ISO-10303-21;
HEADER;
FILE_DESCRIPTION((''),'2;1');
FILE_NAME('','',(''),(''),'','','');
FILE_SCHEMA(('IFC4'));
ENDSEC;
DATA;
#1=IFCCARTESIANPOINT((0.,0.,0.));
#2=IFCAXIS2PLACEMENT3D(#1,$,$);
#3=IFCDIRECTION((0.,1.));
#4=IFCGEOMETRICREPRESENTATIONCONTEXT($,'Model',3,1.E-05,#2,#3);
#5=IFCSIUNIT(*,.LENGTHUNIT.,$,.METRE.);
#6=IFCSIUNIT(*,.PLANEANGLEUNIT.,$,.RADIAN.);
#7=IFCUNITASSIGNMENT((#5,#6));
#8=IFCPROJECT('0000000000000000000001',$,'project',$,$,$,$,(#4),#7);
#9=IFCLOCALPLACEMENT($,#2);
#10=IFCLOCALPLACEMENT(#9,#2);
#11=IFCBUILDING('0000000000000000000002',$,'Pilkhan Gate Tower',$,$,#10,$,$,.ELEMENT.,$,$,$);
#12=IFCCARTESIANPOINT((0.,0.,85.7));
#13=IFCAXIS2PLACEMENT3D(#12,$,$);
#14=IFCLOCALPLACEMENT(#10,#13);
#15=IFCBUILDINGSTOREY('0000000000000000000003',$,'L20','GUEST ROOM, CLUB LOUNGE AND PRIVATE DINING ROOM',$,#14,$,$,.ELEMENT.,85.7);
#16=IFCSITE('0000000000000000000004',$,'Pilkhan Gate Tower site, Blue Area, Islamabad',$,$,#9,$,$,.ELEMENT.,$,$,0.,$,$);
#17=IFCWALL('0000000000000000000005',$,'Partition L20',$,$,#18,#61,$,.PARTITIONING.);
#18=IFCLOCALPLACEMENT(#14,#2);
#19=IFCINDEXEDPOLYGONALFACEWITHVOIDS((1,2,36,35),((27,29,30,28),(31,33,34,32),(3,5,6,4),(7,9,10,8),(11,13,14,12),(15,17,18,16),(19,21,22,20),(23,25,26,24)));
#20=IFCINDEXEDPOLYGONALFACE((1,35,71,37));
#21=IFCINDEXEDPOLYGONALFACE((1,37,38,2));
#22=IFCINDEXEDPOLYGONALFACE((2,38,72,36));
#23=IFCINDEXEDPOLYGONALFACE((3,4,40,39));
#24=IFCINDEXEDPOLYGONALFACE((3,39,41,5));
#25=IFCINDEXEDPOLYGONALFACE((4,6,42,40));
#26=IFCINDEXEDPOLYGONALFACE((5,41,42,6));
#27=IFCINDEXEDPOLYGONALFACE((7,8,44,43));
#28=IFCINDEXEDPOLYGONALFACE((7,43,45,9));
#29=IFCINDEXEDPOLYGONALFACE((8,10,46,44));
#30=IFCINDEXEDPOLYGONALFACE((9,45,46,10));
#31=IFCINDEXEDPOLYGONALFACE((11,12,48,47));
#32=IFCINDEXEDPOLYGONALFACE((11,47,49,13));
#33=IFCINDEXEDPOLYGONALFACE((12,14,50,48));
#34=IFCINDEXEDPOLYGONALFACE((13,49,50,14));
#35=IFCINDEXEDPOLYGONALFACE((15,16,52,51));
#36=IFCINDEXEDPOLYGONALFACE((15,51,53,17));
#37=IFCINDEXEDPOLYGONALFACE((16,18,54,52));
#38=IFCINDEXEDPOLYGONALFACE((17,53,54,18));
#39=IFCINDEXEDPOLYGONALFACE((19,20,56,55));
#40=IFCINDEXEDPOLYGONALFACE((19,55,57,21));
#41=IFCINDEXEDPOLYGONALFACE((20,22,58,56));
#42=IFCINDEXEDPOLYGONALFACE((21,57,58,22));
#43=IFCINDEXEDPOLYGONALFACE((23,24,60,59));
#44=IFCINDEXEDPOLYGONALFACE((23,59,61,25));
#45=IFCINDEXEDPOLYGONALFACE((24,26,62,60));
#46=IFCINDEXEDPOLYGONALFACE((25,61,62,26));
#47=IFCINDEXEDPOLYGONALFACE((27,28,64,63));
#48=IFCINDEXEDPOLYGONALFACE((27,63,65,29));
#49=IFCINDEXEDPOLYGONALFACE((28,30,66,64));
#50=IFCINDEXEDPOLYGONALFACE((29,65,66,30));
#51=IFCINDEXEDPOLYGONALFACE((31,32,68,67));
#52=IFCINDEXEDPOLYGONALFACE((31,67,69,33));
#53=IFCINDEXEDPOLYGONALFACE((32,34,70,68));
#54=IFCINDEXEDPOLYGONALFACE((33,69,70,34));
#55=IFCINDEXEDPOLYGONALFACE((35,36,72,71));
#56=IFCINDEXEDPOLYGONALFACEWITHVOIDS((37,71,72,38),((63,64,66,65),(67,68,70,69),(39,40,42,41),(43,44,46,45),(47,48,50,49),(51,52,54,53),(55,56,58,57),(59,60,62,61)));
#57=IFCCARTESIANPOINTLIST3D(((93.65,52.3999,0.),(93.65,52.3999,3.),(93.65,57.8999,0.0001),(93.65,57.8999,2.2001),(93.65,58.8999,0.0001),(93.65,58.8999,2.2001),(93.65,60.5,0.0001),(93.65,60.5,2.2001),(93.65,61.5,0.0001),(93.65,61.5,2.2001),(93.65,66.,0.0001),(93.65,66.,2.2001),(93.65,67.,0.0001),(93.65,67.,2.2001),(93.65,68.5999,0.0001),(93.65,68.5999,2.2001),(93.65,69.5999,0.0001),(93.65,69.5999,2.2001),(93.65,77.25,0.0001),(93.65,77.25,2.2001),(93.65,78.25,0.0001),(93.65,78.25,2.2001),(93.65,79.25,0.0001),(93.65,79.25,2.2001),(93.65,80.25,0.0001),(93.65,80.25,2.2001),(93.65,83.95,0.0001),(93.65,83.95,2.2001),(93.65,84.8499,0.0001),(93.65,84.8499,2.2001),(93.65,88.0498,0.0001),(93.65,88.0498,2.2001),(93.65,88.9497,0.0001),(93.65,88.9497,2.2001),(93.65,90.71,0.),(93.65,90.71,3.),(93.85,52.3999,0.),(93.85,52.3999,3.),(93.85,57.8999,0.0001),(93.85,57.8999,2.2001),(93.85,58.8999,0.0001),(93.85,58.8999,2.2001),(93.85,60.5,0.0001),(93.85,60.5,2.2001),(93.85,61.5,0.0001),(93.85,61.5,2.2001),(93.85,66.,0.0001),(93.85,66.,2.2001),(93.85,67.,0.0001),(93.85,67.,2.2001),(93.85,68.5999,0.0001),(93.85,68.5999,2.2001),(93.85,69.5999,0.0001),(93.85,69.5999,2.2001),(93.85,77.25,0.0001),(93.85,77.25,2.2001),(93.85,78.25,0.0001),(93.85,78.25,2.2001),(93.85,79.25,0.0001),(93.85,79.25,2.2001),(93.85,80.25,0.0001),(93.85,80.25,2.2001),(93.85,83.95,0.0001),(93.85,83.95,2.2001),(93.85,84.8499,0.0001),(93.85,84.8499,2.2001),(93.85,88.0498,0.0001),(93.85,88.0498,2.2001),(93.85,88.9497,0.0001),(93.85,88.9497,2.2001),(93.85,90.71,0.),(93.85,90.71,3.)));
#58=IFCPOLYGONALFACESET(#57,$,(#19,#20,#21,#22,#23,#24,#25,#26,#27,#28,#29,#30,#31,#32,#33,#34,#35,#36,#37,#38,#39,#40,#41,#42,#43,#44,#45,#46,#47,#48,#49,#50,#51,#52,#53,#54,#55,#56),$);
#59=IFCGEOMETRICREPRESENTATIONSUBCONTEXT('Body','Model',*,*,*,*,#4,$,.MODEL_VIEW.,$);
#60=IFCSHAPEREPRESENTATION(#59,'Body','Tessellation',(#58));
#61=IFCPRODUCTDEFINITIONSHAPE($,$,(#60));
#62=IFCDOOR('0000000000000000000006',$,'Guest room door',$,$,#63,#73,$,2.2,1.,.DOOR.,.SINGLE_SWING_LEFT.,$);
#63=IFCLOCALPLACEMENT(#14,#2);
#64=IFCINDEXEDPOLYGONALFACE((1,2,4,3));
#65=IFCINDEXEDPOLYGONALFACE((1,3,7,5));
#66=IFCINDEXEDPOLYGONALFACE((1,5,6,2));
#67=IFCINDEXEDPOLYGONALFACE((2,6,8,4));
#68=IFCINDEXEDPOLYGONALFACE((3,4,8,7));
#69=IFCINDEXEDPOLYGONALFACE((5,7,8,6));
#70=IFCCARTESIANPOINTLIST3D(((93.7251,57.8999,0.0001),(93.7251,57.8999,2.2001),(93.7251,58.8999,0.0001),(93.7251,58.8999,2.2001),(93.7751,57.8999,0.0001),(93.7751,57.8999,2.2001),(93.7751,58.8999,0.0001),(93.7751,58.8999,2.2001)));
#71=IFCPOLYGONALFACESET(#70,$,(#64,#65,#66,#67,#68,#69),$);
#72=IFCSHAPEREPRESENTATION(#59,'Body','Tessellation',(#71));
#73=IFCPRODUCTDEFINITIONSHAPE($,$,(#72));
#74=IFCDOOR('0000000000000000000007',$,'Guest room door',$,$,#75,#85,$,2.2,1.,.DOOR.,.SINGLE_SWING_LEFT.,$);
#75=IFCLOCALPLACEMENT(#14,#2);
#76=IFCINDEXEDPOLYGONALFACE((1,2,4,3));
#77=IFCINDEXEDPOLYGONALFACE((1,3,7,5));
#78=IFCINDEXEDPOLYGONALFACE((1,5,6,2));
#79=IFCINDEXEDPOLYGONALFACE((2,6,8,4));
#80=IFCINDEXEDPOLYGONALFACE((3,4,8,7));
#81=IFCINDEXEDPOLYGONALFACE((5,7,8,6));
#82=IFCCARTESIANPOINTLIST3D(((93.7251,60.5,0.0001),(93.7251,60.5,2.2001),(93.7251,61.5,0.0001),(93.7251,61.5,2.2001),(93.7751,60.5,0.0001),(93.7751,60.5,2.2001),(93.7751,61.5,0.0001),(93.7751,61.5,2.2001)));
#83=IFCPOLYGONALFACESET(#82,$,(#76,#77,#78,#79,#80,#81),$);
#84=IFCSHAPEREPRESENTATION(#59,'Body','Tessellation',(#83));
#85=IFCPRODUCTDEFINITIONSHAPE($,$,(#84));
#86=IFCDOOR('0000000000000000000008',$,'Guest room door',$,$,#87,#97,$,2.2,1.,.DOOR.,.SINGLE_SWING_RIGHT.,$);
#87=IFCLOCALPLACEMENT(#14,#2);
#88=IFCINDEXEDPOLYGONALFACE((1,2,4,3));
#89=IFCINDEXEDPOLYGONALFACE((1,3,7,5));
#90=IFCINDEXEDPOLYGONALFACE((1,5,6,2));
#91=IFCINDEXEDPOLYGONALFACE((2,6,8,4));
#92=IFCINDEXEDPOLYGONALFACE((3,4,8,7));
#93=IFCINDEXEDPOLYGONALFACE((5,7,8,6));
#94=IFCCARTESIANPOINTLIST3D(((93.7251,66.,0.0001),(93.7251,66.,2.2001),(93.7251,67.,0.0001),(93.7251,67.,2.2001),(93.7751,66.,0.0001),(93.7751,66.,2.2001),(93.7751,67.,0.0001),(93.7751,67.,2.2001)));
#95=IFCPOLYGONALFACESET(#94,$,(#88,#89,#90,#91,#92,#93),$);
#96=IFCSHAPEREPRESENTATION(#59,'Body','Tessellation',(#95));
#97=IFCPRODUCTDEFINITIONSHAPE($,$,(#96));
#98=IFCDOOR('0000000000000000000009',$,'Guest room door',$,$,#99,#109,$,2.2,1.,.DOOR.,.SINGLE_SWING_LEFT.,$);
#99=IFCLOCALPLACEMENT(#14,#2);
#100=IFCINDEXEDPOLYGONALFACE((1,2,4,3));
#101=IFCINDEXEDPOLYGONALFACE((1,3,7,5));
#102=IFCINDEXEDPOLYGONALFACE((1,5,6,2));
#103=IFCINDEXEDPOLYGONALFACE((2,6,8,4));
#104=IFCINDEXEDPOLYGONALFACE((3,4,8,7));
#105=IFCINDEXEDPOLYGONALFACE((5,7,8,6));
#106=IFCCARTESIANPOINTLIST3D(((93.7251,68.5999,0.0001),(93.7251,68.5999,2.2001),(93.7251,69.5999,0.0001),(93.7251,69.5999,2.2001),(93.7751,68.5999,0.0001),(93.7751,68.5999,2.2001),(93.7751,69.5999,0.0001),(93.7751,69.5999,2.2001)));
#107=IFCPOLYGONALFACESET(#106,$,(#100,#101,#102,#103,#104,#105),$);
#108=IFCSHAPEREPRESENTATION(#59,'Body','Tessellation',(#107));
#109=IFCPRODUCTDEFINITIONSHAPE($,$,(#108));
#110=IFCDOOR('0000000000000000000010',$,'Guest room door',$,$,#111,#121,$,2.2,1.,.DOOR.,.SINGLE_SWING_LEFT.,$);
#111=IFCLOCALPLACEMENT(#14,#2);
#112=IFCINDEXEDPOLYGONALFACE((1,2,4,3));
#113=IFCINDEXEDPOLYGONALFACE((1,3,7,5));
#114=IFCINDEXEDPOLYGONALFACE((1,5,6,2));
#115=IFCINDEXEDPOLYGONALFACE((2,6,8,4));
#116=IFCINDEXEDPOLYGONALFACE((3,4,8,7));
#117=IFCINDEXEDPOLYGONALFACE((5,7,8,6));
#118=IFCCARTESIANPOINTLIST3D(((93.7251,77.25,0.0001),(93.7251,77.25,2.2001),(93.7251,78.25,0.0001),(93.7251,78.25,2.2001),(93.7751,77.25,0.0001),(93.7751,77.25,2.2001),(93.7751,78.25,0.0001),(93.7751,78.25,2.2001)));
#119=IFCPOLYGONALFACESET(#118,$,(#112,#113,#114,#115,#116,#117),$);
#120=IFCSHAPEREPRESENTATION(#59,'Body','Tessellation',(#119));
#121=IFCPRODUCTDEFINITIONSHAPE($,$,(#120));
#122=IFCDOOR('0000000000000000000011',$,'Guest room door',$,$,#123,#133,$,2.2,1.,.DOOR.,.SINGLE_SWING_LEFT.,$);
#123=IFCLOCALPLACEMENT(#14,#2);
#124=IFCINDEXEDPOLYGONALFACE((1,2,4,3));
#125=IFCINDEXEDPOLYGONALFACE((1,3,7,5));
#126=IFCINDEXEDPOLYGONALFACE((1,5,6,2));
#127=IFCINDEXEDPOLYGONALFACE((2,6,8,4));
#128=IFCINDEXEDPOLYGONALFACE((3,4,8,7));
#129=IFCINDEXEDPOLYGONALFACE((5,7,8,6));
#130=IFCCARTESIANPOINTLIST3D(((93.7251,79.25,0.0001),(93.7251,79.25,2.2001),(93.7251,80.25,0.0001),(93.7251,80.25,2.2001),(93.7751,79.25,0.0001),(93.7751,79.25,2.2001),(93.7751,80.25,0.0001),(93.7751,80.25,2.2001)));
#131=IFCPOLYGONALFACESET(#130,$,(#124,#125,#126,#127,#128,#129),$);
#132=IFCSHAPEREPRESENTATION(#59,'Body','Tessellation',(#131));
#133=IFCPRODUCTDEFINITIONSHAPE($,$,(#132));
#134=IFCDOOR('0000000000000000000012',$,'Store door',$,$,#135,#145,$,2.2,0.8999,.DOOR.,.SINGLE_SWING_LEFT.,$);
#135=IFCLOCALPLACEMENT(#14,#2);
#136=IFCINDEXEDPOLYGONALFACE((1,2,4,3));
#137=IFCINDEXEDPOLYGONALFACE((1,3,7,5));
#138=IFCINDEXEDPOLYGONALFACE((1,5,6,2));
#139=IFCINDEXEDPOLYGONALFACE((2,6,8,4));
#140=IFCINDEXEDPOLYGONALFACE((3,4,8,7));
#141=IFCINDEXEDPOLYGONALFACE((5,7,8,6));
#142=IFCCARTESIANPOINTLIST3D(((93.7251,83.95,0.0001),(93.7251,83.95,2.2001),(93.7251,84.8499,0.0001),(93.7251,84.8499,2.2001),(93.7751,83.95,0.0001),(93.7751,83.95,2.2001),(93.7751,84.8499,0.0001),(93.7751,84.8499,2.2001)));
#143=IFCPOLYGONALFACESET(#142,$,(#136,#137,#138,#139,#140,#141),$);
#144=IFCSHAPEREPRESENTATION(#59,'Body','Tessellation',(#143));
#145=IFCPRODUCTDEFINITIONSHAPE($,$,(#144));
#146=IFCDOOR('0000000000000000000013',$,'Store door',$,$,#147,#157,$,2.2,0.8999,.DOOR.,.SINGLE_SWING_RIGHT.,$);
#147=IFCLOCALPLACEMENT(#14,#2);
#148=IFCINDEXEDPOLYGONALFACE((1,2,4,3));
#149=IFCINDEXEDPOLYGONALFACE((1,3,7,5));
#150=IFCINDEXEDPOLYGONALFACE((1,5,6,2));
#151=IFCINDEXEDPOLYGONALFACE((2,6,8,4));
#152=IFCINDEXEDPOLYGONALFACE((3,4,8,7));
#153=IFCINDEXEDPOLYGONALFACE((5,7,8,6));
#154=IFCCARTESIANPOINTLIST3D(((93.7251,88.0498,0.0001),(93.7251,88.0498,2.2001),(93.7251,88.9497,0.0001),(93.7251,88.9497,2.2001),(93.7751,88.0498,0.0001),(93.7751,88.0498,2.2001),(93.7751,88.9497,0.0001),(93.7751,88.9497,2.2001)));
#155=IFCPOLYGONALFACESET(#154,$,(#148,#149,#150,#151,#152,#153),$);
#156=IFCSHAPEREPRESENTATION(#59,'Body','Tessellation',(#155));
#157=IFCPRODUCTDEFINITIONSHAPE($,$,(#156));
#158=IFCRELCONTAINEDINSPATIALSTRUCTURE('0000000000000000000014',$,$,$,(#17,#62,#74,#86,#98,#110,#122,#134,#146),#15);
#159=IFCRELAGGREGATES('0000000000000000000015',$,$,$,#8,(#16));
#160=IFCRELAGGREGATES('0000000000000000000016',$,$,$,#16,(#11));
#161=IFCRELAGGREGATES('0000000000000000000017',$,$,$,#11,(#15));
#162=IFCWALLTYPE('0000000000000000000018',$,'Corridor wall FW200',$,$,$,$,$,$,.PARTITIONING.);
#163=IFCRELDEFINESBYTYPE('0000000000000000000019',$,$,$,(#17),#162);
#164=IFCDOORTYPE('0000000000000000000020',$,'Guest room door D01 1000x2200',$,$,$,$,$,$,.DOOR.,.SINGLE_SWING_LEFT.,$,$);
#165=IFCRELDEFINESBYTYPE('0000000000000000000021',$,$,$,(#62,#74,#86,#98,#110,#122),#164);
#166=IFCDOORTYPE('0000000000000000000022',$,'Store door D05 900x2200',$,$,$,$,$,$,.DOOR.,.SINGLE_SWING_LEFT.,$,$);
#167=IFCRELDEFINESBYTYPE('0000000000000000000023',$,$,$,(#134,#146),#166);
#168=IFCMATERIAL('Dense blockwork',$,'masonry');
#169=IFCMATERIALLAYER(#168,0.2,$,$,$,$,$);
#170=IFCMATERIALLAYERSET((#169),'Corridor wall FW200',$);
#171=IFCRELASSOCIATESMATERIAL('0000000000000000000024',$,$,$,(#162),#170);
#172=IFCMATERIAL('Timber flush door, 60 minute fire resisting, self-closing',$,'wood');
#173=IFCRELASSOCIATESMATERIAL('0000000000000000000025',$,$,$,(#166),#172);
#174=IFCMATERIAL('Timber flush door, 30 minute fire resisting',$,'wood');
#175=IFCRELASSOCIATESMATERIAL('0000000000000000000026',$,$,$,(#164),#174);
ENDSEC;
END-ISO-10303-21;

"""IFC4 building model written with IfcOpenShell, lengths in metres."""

from ifc_helpers import new_model, si_unit, direction, frame, frame_2d, origin, place, context, subcontext, project, spatial, rectangle, extrude, material, layer, layer_set, type_object, element, fill, save


model = new_model("IFC4")

# Units and contexts
model_context = context("Model", 3, precision=1e-05, world=origin(), true_north=direction((0.0, 1.0)))
body_context = subcontext(model_context, "Body", "Model", "MODEL_VIEW")
ifc_project = project(units=[si_unit("LENGTHUNIT", "METRE"), si_unit("PLANEANGLEUNIT", "RADIAN")], contexts=[model_context])

# Site, building, storey
site_placement = place(None, origin())
site = spatial("IfcSite", under=ifc_project, at=site_placement, Name="Pilkhan Gate Tower site, Blue Area, Islamabad", CompositionType="ELEMENT", RefElevation=0.0)
building_placement = place(site_placement, origin())
building = spatial("IfcBuilding", under=site, at=building_placement, Name="Pilkhan Gate Tower", CompositionType="ELEMENT")
storey_placement = place(building_placement, frame((0.0, 0.0, 85.7)))
storey = spatial("IfcBuildingStorey", under=building, at=storey_placement, Name="L20", Description="GUEST ROOM, CLUB LOUNGE AND PRIVATE DINING ROOM", CompositionType="ELEMENT", Elevation=85.7)

# Shared definitions
ifc_material_1 = material(Name="Dense blockwork", Category="masonry")
ifc_layer_1 = layer(ifc_material_1, 0.2)
ifc_layer_set_1 = layer_set([ifc_layer_1], Name="Corridor wall FW200")
wall_type_1 = type_object("IfcWallType", Name="Corridor wall FW200", PredefinedType="PARTITIONING", material=ifc_layer_set_1)

# Wall, openings, doors
ifc_material_2 = material(Name="Timber flush door, 30 minute fire resisting", Category="wood")
ifc_material_3 = material(Name="Timber flush door, 60 minute fire resisting, self-closing", Category="wood")
door_type_1 = type_object("IfcDoorType", Name="Store door D05 900x2200", OperationType="SINGLE_SWING_LEFT", PredefinedType="DOOR", material=ifc_material_3)
wall_1_placement = place(storey_placement, frame((93.75, 52.3999, 0.0), z_axis=(0.0, 0.0, 1.0), x_axis=(0.0, 1.0, 0.0)))
wall_1 = element("IfcWall", 1, at=wall_1_placement, inside=storey, type_object=wall_type_1, Name="Partition L20", PredefinedType="PARTITIONING", context=body_context, shape_type="SweptSolid", body=[
    extrude(rectangle(XDim=38.3101, YDim=0.2, at=frame_2d((19.155, 0.0))), origin(), (0.0, 0.0, 1.0), 3.0),
])
opening_1_placement = place(wall_1_placement, frame((5.5, 0.0, 0.0)))
opening_1 = element("IfcOpeningElement", 2, at=opening_1_placement, cuts=wall_1, PredefinedType="OPENING", context=body_context, shape_type="SweptSolid", body=[
    extrude(rectangle(XDim=1.0, YDim=2.2, at=frame_2d((0.5, 1.1001))), frame((0.0, 0.1099, 0.0), z_axis=(0.0, -1.0, 0.0), x_axis=(1.0, 0.0, 0.0)), (0.0, 0.0, 1.0), 0.22),
])
opening_2_placement = place(wall_1_placement, frame((8.1001, 0.0, 0.0)))
opening_2 = element("IfcOpeningElement", 3, at=opening_2_placement, cuts=wall_1, PredefinedType="OPENING", context=body_context, shape_type="SweptSolid", body=[
    extrude(rectangle(XDim=1.0, YDim=2.2, at=frame_2d((0.5, 1.1001))), frame((0.0, 0.1099, 0.0), z_axis=(0.0, -1.0, 0.0), x_axis=(1.0, 0.0, 0.0)), (0.0, 0.0, 1.0), 0.22),
])
opening_3_placement = place(wall_1_placement, frame((13.6001, 0.0, 0.0)))
opening_3 = element("IfcOpeningElement", 4, at=opening_3_placement, cuts=wall_1, PredefinedType="OPENING", context=body_context, shape_type="SweptSolid", body=[
    extrude(rectangle(XDim=1.0, YDim=2.2, at=frame_2d((0.5, 1.1001))), frame((0.0, 0.1099, 0.0), z_axis=(0.0, -1.0, 0.0), x_axis=(1.0, 0.0, 0.0)), (0.0, 0.0, 1.0), 0.22),
])
opening_4_placement = place(wall_1_placement, frame((16.2, 0.0, 0.0)))
opening_4 = element("IfcOpeningElement", 5, at=opening_4_placement, cuts=wall_1, PredefinedType="OPENING", context=body_context, shape_type="SweptSolid", body=[
    extrude(rectangle(XDim=1.0, YDim=2.2, at=frame_2d((0.5, 1.1001))), frame((0.0, 0.1099, 0.0), z_axis=(0.0, -1.0, 0.0), x_axis=(1.0, 0.0, 0.0)), (0.0, 0.0, 1.0), 0.22),
])
opening_5_placement = place(wall_1_placement, frame((24.8501, 0.0, 0.0)))
opening_5 = element("IfcOpeningElement", 6, at=opening_5_placement, cuts=wall_1, PredefinedType="OPENING", context=body_context, shape_type="SweptSolid", body=[
    extrude(rectangle(XDim=1.0, YDim=2.2, at=frame_2d((0.5, 1.1001))), frame((0.0, 0.1099, 0.0), z_axis=(0.0, -1.0, 0.0), x_axis=(1.0, 0.0, 0.0)), (0.0, 0.0, 1.0), 0.22),
])
opening_6_placement = place(wall_1_placement, frame((26.8501, 0.0, 0.0)))
opening_6 = element("IfcOpeningElement", 7, at=opening_6_placement, cuts=wall_1, PredefinedType="OPENING", context=body_context, shape_type="SweptSolid", body=[
    extrude(rectangle(XDim=1.0, YDim=2.2, at=frame_2d((0.5, 1.1001))), frame((0.0, 0.1099, 0.0), z_axis=(0.0, -1.0, 0.0), x_axis=(1.0, 0.0, 0.0)), (0.0, 0.0, 1.0), 0.22),
])
opening_7_placement = place(wall_1_placement, frame((31.55, 0.0, 0.0)))
opening_7 = element("IfcOpeningElement", 8, at=opening_7_placement, cuts=wall_1, PredefinedType="OPENING", context=body_context, shape_type="SweptSolid", body=[
    extrude(rectangle(XDim=0.8999, YDim=2.2, at=frame_2d((0.45, 1.1001))), frame((0.0, 0.1099, 0.0), z_axis=(0.0, -1.0, 0.0), x_axis=(1.0, 0.0, 0.0)), (0.0, 0.0, 1.0), 0.22),
])
opening_8_placement = place(wall_1_placement, frame((35.6499, 0.0, 0.0)))
opening_8 = element("IfcOpeningElement", 9, at=opening_8_placement, cuts=wall_1, PredefinedType="OPENING", context=body_context, shape_type="SweptSolid", body=[
    extrude(rectangle(XDim=0.8999, YDim=2.2, at=frame_2d((0.45, 1.1001))), frame((0.0, 0.1099, 0.0), z_axis=(0.0, -1.0, 0.0), x_axis=(1.0, 0.0, 0.0)), (0.0, 0.0, 1.0), 0.22),
])
door_type_2 = type_object("IfcDoorType", Name="Guest room door D01 1000x2200", OperationType="SINGLE_SWING_LEFT", PredefinedType="DOOR", material=ifc_material_2)
door_1_placement = place(opening_1_placement, origin())
door_1 = element("IfcDoor", 10, at=door_1_placement, inside=storey, type_object=door_type_2, Name="Guest room door", OperationType="SINGLE_SWING_LEFT", OverallHeight=2.2, OverallWidth=1.0, PredefinedType="DOOR", context=body_context, shape_type="SweptSolid", body=[
    extrude(rectangle(XDim=1.0, YDim=2.2, at=frame_2d((0.5, 1.1001))), frame((0.0, 0.0249, 0.0), z_axis=(0.0, -1.0, 0.0), x_axis=(1.0, 0.0, 0.0)), (0.0, 0.0, 1.0), 0.05),
])
fill(opening_1, door_1)
door_2_placement = place(opening_2_placement, origin())
door_2 = element("IfcDoor", 11, at=door_2_placement, inside=storey, type_object=door_type_2, Name="Guest room door", OperationType="SINGLE_SWING_LEFT", OverallHeight=2.2, OverallWidth=1.0, PredefinedType="DOOR", context=body_context, shape_type="SweptSolid", body=[
    extrude(rectangle(XDim=1.0, YDim=2.2, at=frame_2d((0.5, 1.1001))), frame((0.0, 0.0249, 0.0), z_axis=(0.0, -1.0, 0.0), x_axis=(1.0, 0.0, 0.0)), (0.0, 0.0, 1.0), 0.05),
])
fill(opening_2, door_2)
door_3_placement = place(opening_3_placement, origin())
door_3 = element("IfcDoor", 12, at=door_3_placement, inside=storey, type_object=door_type_2, Name="Guest room door", OperationType="SINGLE_SWING_RIGHT", OverallHeight=2.2, OverallWidth=1.0, PredefinedType="DOOR", context=body_context, shape_type="SweptSolid", body=[
    extrude(rectangle(XDim=1.0, YDim=2.2, at=frame_2d((0.5, 1.1001))), frame((0.0, 0.0249, 0.0), z_axis=(0.0, -1.0, 0.0), x_axis=(1.0, 0.0, 0.0)), (0.0, 0.0, 1.0), 0.05),
])
fill(opening_3, door_3)
door_4_placement = place(opening_4_placement, origin())
door_4 = element("IfcDoor", 13, at=door_4_placement, inside=storey, type_object=door_type_2, Name="Guest room door", OperationType="SINGLE_SWING_LEFT", OverallHeight=2.2, OverallWidth=1.0, PredefinedType="DOOR", context=body_context, shape_type="SweptSolid", body=[
    extrude(rectangle(XDim=1.0, YDim=2.2, at=frame_2d((0.5, 1.1001))), frame((0.0, 0.0249, 0.0), z_axis=(0.0, -1.0, 0.0), x_axis=(1.0, 0.0, 0.0)), (0.0, 0.0, 1.0), 0.05),
])
fill(opening_4, door_4)
door_5_placement = place(opening_5_placement, origin())
door_5 = element("IfcDoor", 14, at=door_5_placement, inside=storey, type_object=door_type_2, Name="Guest room door", OperationType="SINGLE_SWING_LEFT", OverallHeight=2.2, OverallWidth=1.0, PredefinedType="DOOR", context=body_context, shape_type="SweptSolid", body=[
    extrude(rectangle(XDim=1.0, YDim=2.2, at=frame_2d((0.5, 1.1001))), frame((0.0, 0.0249, 0.0), z_axis=(0.0, -1.0, 0.0), x_axis=(1.0, 0.0, 0.0)), (0.0, 0.0, 1.0), 0.05),
])
fill(opening_5, door_5)
door_6_placement = place(opening_6_placement, origin())
door_6 = element("IfcDoor", 15, at=door_6_placement, inside=storey, type_object=door_type_2, Name="Guest room door", OperationType="SINGLE_SWING_LEFT", OverallHeight=2.2, OverallWidth=1.0, PredefinedType="DOOR", context=body_context, shape_type="SweptSolid", body=[
    extrude(rectangle(XDim=1.0, YDim=2.2, at=frame_2d((0.5, 1.1001))), frame((0.0, 0.0249, 0.0), z_axis=(0.0, -1.0, 0.0), x_axis=(1.0, 0.0, 0.0)), (0.0, 0.0, 1.0), 0.05),
])
fill(opening_6, door_6)
door_7_placement = place(opening_7_placement, origin())
door_7 = element("IfcDoor", 16, at=door_7_placement, inside=storey, type_object=door_type_1, Name="Store door", OperationType="SINGLE_SWING_LEFT", OverallHeight=2.2, OverallWidth=0.8999, PredefinedType="DOOR", context=body_context, shape_type="SweptSolid", body=[
    extrude(rectangle(XDim=0.8999, YDim=2.2, at=frame_2d((0.45, 1.1001))), frame((0.0, 0.0249, 0.0), z_axis=(0.0, -1.0, 0.0), x_axis=(1.0, 0.0, 0.0)), (0.0, 0.0, 1.0), 0.05),
])
fill(opening_7, door_7)
door_8_placement = place(opening_8_placement, origin())
door_8 = element("IfcDoor", 17, at=door_8_placement, inside=storey, type_object=door_type_1, Name="Store door", OperationType="SINGLE_SWING_RIGHT", OverallHeight=2.2, OverallWidth=0.8999, PredefinedType="DOOR", context=body_context, shape_type="SweptSolid", body=[
    extrude(rectangle(XDim=0.8999, YDim=2.2, at=frame_2d((0.45, 1.1001))), frame((0.0, 0.0249, 0.0), z_axis=(0.0, -1.0, 0.0), x_axis=(1.0, 0.0, 0.0)), (0.0, 0.0, 1.0), 0.05),
])
fill(opening_8, door_8)

save(model, "model.ifc")
